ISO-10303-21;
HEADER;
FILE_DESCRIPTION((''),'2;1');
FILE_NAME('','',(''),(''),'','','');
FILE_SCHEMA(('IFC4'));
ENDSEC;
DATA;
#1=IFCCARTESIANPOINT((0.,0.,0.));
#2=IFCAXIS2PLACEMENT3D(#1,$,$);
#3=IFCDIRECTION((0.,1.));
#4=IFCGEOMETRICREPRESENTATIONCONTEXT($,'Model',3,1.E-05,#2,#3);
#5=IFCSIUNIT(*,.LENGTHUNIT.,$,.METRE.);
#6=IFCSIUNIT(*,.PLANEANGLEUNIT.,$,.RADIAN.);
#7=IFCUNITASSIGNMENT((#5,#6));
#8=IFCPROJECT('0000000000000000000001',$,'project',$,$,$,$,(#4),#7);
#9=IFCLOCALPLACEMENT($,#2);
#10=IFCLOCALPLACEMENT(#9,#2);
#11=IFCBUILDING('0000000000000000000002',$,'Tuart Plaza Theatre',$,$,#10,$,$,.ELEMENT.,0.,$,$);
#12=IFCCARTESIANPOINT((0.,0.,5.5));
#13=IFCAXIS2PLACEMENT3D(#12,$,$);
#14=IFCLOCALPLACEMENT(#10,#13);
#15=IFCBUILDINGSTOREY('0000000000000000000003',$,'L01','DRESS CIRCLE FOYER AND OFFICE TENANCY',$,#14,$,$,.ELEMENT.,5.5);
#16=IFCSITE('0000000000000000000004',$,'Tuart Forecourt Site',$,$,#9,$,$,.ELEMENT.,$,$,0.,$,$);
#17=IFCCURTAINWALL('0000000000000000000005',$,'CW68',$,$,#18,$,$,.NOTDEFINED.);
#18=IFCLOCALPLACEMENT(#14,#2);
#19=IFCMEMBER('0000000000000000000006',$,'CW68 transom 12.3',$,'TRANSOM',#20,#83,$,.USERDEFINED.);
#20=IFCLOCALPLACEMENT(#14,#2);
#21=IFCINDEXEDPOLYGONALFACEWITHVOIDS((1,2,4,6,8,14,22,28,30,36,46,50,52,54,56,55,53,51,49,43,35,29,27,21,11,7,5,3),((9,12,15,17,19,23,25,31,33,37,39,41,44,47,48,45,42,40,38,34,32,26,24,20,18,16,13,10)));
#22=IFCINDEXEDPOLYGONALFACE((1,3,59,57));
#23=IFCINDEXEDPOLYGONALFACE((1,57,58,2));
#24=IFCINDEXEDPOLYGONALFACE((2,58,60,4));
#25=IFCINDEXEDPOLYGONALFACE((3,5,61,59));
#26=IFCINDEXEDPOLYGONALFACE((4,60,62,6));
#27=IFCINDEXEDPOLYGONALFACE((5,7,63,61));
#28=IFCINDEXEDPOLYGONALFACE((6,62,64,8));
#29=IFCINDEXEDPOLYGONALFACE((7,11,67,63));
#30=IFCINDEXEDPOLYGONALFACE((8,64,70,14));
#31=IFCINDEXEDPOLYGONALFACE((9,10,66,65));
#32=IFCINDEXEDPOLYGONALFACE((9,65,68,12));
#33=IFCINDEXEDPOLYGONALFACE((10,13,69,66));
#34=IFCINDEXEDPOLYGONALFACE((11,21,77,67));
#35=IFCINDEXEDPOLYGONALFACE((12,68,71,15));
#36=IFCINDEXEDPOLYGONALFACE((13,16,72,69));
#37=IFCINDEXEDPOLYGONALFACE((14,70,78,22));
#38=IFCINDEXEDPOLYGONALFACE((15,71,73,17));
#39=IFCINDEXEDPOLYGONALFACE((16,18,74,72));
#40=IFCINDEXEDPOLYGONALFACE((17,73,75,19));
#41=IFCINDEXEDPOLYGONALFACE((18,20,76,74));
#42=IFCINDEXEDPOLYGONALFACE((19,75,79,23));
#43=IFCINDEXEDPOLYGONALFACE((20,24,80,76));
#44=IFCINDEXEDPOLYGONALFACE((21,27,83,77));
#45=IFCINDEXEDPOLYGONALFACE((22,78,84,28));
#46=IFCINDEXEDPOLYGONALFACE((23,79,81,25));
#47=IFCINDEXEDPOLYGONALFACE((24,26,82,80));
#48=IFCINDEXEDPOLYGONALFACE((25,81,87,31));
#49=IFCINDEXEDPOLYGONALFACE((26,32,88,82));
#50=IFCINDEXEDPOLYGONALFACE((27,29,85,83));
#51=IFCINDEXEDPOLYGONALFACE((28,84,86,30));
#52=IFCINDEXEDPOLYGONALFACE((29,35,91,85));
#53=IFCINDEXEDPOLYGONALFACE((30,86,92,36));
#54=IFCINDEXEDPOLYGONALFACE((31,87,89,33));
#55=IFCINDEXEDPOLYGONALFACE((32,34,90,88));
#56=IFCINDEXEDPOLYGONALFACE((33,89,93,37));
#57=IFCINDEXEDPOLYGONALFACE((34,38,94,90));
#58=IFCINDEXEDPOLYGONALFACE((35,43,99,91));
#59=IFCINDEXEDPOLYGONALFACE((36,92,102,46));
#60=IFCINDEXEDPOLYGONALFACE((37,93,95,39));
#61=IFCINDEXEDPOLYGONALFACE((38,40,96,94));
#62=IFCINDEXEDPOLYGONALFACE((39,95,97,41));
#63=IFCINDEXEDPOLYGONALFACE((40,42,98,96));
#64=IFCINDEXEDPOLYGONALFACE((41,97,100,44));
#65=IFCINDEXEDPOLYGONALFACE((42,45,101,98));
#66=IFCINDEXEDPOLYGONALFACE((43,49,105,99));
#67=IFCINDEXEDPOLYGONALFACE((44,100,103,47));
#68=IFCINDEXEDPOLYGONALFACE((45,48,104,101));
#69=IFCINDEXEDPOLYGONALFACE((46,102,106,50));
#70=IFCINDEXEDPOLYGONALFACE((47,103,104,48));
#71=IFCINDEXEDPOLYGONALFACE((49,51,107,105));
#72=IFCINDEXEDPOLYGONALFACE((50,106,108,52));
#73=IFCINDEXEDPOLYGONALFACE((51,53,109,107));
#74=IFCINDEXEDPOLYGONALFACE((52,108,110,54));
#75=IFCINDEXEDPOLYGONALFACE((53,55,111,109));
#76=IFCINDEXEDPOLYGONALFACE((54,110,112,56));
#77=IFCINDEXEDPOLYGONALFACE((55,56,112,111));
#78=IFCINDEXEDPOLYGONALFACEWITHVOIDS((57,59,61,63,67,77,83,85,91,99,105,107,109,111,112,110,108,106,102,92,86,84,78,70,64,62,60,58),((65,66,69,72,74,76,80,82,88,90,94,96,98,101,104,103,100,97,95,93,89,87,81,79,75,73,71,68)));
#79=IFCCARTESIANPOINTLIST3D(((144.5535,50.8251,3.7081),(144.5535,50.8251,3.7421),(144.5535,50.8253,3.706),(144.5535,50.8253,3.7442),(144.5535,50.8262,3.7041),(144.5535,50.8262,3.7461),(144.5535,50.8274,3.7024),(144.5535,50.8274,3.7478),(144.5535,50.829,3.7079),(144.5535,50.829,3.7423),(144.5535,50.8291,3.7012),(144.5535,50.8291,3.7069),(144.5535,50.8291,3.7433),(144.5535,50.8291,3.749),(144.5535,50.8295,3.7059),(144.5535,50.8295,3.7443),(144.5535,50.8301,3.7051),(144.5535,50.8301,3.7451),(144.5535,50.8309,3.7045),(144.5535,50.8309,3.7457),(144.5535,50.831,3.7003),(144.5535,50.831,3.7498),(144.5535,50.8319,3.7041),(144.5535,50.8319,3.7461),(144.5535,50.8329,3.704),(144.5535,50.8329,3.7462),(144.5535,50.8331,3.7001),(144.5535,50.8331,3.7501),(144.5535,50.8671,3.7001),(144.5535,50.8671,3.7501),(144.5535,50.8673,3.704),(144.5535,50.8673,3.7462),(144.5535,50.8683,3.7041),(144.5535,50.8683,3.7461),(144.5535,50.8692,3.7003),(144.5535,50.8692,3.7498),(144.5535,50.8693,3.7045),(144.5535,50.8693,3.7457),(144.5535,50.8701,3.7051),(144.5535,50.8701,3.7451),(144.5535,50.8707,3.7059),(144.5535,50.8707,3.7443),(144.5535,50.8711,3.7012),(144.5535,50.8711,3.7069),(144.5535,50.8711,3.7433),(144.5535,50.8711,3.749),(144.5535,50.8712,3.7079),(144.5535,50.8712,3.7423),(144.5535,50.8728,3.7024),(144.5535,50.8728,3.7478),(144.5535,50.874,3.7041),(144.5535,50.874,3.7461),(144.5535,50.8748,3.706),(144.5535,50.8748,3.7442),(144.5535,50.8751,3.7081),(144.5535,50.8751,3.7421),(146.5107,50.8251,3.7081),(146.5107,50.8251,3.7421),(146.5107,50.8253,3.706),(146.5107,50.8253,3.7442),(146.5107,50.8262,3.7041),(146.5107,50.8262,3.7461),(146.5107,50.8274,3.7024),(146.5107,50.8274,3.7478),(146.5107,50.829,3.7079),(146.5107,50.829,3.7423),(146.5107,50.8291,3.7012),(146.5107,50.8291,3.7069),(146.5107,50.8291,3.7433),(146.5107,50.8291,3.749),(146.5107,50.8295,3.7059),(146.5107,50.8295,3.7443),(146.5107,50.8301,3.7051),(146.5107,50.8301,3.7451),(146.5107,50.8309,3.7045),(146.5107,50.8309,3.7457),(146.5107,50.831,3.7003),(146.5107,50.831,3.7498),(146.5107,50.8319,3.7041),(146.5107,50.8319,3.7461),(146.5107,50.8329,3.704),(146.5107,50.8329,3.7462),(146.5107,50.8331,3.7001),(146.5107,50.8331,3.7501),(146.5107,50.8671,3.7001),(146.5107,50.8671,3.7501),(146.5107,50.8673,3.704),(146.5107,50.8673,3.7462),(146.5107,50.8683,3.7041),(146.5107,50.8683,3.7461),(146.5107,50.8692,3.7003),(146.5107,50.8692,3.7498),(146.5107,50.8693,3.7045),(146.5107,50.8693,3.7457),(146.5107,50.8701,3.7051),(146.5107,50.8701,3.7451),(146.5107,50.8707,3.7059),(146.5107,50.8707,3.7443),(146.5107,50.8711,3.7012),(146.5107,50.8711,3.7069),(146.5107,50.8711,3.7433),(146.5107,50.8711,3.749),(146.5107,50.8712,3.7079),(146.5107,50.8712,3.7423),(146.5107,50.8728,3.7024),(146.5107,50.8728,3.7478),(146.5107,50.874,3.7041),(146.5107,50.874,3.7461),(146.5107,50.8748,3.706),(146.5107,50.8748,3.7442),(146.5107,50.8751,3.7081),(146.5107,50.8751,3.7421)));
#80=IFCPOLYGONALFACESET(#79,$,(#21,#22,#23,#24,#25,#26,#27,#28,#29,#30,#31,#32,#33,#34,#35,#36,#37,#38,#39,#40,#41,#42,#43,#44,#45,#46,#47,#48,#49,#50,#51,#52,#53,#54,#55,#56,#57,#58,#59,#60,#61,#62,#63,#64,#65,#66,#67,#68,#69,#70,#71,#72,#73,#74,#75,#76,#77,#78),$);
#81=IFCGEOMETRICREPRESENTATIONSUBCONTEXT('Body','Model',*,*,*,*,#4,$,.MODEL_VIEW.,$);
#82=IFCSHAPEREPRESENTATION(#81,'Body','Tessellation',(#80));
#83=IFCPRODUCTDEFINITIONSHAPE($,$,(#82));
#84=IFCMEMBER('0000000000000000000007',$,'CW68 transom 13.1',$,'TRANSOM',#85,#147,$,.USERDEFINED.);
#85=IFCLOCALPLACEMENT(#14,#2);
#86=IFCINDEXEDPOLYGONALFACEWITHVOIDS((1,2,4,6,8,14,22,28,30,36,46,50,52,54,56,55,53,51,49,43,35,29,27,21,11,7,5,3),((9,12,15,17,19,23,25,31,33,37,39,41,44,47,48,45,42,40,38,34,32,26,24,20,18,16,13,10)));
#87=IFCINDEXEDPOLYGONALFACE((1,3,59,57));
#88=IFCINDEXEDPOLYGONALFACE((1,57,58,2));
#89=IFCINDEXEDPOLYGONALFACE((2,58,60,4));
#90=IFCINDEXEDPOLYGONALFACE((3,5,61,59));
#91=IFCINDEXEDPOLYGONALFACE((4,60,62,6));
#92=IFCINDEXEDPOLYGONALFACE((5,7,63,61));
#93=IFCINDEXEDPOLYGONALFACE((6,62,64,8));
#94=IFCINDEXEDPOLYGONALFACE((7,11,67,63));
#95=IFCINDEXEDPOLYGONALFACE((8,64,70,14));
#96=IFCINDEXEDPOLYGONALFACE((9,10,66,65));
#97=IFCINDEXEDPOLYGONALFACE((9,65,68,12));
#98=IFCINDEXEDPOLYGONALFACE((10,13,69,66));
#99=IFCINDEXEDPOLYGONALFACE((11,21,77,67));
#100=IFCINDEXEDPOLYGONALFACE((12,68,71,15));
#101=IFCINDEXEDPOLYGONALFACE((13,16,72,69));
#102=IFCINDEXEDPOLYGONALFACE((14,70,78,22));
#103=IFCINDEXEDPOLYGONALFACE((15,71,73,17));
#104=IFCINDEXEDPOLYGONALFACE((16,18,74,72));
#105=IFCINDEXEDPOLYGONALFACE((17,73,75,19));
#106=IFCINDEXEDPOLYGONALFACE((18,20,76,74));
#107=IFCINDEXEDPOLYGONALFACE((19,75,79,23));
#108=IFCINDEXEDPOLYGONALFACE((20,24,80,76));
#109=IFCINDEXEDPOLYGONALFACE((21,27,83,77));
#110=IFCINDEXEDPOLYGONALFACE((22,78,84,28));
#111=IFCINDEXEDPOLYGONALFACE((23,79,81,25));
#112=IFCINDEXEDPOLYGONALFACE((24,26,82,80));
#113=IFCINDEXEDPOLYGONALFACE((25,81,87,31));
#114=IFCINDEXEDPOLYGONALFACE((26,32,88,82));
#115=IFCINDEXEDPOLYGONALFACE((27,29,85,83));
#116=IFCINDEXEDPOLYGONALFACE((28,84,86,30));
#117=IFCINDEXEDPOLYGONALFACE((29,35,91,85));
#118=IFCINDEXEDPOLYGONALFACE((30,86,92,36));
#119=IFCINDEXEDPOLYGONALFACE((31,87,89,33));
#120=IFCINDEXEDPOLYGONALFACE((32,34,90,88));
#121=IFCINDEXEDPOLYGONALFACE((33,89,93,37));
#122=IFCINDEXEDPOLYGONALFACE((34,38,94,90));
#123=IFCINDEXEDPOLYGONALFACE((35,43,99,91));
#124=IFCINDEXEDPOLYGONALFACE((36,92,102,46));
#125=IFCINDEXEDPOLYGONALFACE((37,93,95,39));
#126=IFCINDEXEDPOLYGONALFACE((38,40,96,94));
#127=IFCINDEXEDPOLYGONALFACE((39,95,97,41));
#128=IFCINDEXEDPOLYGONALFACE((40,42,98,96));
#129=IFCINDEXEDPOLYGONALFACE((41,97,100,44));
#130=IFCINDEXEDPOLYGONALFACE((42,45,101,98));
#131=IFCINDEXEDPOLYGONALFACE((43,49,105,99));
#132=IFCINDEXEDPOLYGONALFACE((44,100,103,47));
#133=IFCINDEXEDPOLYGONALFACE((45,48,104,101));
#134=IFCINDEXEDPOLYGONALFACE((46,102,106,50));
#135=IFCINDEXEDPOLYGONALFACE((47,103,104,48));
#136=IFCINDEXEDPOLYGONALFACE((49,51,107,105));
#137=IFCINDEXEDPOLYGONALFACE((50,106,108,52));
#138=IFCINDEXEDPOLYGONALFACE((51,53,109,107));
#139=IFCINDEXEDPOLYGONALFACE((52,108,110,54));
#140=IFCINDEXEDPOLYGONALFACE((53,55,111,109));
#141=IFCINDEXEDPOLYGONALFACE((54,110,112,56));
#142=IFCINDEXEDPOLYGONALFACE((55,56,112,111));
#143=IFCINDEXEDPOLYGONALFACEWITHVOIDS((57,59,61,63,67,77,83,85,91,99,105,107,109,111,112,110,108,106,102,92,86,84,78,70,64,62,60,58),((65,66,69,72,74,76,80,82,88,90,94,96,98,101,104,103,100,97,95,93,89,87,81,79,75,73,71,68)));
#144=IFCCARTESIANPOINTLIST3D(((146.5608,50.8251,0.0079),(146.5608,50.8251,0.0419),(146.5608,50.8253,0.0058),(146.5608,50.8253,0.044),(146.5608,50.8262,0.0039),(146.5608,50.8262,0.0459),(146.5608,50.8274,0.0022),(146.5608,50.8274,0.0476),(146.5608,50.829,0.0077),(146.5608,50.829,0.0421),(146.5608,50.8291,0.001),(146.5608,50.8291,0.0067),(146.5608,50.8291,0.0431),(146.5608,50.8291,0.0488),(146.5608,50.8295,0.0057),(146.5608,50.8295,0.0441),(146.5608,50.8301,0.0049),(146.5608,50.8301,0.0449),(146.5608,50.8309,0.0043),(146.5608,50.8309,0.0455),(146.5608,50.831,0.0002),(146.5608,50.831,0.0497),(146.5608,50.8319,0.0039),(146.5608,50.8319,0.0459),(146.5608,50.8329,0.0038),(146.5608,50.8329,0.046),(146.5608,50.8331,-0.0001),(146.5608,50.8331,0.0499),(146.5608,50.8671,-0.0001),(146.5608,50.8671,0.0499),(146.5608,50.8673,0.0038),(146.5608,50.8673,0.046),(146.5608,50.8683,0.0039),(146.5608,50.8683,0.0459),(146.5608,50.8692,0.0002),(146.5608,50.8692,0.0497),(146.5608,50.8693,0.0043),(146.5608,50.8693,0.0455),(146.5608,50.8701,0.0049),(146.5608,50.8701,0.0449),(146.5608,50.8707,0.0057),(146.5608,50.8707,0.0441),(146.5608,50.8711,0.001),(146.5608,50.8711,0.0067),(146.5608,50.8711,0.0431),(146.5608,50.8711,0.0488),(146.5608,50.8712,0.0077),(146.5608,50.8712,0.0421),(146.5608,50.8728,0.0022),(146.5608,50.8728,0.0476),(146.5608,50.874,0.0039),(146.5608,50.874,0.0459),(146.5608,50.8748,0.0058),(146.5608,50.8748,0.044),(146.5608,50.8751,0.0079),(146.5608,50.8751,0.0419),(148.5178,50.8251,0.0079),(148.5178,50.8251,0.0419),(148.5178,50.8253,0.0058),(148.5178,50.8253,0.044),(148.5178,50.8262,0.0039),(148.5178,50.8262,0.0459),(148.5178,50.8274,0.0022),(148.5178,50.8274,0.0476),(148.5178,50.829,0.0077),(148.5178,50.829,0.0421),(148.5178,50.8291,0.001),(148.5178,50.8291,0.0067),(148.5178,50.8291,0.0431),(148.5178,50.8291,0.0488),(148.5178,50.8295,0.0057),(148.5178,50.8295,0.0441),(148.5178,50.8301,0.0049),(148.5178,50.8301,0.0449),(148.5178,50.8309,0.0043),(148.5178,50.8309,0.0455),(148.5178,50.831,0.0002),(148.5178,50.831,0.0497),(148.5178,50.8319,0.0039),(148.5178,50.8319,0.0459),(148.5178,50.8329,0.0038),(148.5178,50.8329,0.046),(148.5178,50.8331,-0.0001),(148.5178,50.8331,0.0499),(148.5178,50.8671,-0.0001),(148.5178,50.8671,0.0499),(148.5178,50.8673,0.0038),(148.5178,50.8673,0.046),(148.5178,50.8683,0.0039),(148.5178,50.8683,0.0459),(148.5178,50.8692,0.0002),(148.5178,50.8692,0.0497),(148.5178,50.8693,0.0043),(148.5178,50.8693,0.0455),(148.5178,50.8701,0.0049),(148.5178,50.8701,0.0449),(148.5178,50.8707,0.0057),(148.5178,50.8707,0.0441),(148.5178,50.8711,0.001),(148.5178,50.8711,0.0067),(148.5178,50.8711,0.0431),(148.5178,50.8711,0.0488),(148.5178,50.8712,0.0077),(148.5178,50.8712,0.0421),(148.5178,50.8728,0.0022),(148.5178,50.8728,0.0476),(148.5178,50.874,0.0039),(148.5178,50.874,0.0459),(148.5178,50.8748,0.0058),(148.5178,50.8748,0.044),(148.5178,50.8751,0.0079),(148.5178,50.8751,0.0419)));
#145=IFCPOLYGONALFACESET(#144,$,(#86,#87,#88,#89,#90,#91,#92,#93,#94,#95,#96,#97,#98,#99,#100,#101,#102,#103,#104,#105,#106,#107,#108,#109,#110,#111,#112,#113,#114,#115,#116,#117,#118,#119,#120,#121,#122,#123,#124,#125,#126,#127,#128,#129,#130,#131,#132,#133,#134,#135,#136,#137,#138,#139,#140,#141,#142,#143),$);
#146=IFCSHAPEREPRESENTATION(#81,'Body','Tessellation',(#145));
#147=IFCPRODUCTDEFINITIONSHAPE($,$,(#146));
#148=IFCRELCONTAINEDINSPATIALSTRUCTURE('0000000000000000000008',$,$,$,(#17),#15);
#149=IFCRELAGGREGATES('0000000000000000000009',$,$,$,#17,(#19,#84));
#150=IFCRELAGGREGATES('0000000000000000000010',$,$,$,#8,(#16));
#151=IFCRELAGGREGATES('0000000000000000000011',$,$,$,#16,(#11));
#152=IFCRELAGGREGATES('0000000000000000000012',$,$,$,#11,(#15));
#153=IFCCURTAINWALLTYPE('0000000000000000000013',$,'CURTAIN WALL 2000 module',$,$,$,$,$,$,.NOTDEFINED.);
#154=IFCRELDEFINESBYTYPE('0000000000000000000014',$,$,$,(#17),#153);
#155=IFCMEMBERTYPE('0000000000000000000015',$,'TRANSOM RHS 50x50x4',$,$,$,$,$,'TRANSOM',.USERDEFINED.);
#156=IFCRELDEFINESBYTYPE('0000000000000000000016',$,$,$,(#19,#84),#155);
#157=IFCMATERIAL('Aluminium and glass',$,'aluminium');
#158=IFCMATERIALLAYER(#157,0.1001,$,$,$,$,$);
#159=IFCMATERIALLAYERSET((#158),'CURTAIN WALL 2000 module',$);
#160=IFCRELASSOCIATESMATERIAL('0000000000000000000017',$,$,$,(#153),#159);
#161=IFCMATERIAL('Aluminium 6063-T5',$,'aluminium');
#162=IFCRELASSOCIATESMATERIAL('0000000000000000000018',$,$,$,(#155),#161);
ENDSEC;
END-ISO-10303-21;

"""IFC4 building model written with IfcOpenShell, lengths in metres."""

from ifc_helpers import new_model, si_unit, direction, frame, origin, origin_2d, place, context, subcontext, project, spatial, hollow_rectangle, extrude, material, layer, layer_set, material_profile, profile_set, type_object, element, aggregate, save


model = new_model("IFC4")

# Units and contexts
model_context = context("Model", 3, precision=1e-05, world=origin(), true_north=direction((0.0, 1.0)))
body_context = subcontext(model_context, "Body", "Model", "MODEL_VIEW")
ifc_project = project(units=[si_unit("LENGTHUNIT", "METRE"), si_unit("PLANEANGLEUNIT", "RADIAN")], contexts=[model_context])

# Site, building, storey
site_placement = place(None, origin())
site = spatial("IfcSite", under=ifc_project, at=site_placement, Name="Tuart Forecourt Site", CompositionType="ELEMENT", RefElevation=0.0)
building_placement = place(site_placement, origin())
building = spatial("IfcBuilding", under=site, at=building_placement, Name="Tuart Plaza Theatre", CompositionType="ELEMENT", ElevationOfRefHeight=0.0)
storey_placement = place(building_placement, frame((0.0, 0.0, 5.5)))
storey = spatial("IfcBuildingStorey", under=building, at=storey_placement, Name="L01", Description="DRESS CIRCLE FOYER AND OFFICE TENANCY", CompositionType="ELEMENT", Elevation=5.5)

# Curtain wall, members
ifc_material_1 = material(Name="Aluminium and glass", Category="aluminium")
ifc_layer_1 = layer(ifc_material_1, 0.1001)
ifc_layer_set_1 = layer_set([ifc_layer_1], Name="CURTAIN WALL 2000 module")
curtain_wall_type = type_object("IfcCurtainWallType", Name="CURTAIN WALL 2000 module", PredefinedType="NOTDEFINED", material=ifc_layer_set_1)
curtain_wall_placement = place(storey_placement, origin())
curtain_wall = element("IfcCurtainWall", 1, at=curtain_wall_placement, inside=storey, type_object=curtain_wall_type, Name="CW68", PredefinedType="NOTDEFINED")
ifc_material_2 = material(Name="Aluminium 6063-T5", Category="aluminium")
ifc_material_profile_1 = material_profile(ifc_material_2, hollow_rectangle(XDim=0.05, YDim=0.05, WallThickness=0.0039, InnerFilletRadius=0.0039, OuterFilletRadius=0.0081, at=origin_2d()), Name="RHS 50x50x4")
ifc_profile_set_1 = profile_set([ifc_material_profile_1], Name="Aluminium 6063-T5")
member_type_1 = type_object("IfcMemberType", Name="TRANSOM RHS 50x50x4", ElementType="TRANSOM", PredefinedType="USERDEFINED", material=ifc_profile_set_1)
member_1_placement = place(storey_placement, frame((144.5535, 50.8501, 3.7251), z_axis=(1.0, 0.0, 0.0), x_axis=(0.0, 1.0, 0.0)))
member_1 = element("IfcMember", 2, at=member_1_placement, type_object=member_type_1, Name="CW68 transom 12.3", ObjectType="TRANSOM", PredefinedType="USERDEFINED", context=body_context, shape_type="SweptSolid", body=[
    extrude(hollow_rectangle(XDim=0.05, YDim=0.05, WallThickness=0.0039, InnerFilletRadius=0.0039, OuterFilletRadius=0.0081, at=origin_2d()), origin(), (0.0, 0.0, 1.0), 1.9573),
])
member_2_placement = place(storey_placement, frame((146.5608, 50.8501, 0.0249), z_axis=(1.0, 0.0, 0.0), x_axis=(0.0, 1.0, 0.0)))
member_2 = element("IfcMember", 3, at=member_2_placement, type_object=member_type_1, Name="CW68 transom 13.1", ObjectType="TRANSOM", PredefinedType="USERDEFINED", context=body_context, shape_type="SweptSolid", body=[
    extrude(hollow_rectangle(XDim=0.05, YDim=0.05, WallThickness=0.0039, InnerFilletRadius=0.0039, OuterFilletRadius=0.0081, at=origin_2d()), origin(), (0.0, 0.0, 1.0), 1.957),
])
aggregate(curtain_wall, [member_1, member_2])

save(model, "model.ifc")
